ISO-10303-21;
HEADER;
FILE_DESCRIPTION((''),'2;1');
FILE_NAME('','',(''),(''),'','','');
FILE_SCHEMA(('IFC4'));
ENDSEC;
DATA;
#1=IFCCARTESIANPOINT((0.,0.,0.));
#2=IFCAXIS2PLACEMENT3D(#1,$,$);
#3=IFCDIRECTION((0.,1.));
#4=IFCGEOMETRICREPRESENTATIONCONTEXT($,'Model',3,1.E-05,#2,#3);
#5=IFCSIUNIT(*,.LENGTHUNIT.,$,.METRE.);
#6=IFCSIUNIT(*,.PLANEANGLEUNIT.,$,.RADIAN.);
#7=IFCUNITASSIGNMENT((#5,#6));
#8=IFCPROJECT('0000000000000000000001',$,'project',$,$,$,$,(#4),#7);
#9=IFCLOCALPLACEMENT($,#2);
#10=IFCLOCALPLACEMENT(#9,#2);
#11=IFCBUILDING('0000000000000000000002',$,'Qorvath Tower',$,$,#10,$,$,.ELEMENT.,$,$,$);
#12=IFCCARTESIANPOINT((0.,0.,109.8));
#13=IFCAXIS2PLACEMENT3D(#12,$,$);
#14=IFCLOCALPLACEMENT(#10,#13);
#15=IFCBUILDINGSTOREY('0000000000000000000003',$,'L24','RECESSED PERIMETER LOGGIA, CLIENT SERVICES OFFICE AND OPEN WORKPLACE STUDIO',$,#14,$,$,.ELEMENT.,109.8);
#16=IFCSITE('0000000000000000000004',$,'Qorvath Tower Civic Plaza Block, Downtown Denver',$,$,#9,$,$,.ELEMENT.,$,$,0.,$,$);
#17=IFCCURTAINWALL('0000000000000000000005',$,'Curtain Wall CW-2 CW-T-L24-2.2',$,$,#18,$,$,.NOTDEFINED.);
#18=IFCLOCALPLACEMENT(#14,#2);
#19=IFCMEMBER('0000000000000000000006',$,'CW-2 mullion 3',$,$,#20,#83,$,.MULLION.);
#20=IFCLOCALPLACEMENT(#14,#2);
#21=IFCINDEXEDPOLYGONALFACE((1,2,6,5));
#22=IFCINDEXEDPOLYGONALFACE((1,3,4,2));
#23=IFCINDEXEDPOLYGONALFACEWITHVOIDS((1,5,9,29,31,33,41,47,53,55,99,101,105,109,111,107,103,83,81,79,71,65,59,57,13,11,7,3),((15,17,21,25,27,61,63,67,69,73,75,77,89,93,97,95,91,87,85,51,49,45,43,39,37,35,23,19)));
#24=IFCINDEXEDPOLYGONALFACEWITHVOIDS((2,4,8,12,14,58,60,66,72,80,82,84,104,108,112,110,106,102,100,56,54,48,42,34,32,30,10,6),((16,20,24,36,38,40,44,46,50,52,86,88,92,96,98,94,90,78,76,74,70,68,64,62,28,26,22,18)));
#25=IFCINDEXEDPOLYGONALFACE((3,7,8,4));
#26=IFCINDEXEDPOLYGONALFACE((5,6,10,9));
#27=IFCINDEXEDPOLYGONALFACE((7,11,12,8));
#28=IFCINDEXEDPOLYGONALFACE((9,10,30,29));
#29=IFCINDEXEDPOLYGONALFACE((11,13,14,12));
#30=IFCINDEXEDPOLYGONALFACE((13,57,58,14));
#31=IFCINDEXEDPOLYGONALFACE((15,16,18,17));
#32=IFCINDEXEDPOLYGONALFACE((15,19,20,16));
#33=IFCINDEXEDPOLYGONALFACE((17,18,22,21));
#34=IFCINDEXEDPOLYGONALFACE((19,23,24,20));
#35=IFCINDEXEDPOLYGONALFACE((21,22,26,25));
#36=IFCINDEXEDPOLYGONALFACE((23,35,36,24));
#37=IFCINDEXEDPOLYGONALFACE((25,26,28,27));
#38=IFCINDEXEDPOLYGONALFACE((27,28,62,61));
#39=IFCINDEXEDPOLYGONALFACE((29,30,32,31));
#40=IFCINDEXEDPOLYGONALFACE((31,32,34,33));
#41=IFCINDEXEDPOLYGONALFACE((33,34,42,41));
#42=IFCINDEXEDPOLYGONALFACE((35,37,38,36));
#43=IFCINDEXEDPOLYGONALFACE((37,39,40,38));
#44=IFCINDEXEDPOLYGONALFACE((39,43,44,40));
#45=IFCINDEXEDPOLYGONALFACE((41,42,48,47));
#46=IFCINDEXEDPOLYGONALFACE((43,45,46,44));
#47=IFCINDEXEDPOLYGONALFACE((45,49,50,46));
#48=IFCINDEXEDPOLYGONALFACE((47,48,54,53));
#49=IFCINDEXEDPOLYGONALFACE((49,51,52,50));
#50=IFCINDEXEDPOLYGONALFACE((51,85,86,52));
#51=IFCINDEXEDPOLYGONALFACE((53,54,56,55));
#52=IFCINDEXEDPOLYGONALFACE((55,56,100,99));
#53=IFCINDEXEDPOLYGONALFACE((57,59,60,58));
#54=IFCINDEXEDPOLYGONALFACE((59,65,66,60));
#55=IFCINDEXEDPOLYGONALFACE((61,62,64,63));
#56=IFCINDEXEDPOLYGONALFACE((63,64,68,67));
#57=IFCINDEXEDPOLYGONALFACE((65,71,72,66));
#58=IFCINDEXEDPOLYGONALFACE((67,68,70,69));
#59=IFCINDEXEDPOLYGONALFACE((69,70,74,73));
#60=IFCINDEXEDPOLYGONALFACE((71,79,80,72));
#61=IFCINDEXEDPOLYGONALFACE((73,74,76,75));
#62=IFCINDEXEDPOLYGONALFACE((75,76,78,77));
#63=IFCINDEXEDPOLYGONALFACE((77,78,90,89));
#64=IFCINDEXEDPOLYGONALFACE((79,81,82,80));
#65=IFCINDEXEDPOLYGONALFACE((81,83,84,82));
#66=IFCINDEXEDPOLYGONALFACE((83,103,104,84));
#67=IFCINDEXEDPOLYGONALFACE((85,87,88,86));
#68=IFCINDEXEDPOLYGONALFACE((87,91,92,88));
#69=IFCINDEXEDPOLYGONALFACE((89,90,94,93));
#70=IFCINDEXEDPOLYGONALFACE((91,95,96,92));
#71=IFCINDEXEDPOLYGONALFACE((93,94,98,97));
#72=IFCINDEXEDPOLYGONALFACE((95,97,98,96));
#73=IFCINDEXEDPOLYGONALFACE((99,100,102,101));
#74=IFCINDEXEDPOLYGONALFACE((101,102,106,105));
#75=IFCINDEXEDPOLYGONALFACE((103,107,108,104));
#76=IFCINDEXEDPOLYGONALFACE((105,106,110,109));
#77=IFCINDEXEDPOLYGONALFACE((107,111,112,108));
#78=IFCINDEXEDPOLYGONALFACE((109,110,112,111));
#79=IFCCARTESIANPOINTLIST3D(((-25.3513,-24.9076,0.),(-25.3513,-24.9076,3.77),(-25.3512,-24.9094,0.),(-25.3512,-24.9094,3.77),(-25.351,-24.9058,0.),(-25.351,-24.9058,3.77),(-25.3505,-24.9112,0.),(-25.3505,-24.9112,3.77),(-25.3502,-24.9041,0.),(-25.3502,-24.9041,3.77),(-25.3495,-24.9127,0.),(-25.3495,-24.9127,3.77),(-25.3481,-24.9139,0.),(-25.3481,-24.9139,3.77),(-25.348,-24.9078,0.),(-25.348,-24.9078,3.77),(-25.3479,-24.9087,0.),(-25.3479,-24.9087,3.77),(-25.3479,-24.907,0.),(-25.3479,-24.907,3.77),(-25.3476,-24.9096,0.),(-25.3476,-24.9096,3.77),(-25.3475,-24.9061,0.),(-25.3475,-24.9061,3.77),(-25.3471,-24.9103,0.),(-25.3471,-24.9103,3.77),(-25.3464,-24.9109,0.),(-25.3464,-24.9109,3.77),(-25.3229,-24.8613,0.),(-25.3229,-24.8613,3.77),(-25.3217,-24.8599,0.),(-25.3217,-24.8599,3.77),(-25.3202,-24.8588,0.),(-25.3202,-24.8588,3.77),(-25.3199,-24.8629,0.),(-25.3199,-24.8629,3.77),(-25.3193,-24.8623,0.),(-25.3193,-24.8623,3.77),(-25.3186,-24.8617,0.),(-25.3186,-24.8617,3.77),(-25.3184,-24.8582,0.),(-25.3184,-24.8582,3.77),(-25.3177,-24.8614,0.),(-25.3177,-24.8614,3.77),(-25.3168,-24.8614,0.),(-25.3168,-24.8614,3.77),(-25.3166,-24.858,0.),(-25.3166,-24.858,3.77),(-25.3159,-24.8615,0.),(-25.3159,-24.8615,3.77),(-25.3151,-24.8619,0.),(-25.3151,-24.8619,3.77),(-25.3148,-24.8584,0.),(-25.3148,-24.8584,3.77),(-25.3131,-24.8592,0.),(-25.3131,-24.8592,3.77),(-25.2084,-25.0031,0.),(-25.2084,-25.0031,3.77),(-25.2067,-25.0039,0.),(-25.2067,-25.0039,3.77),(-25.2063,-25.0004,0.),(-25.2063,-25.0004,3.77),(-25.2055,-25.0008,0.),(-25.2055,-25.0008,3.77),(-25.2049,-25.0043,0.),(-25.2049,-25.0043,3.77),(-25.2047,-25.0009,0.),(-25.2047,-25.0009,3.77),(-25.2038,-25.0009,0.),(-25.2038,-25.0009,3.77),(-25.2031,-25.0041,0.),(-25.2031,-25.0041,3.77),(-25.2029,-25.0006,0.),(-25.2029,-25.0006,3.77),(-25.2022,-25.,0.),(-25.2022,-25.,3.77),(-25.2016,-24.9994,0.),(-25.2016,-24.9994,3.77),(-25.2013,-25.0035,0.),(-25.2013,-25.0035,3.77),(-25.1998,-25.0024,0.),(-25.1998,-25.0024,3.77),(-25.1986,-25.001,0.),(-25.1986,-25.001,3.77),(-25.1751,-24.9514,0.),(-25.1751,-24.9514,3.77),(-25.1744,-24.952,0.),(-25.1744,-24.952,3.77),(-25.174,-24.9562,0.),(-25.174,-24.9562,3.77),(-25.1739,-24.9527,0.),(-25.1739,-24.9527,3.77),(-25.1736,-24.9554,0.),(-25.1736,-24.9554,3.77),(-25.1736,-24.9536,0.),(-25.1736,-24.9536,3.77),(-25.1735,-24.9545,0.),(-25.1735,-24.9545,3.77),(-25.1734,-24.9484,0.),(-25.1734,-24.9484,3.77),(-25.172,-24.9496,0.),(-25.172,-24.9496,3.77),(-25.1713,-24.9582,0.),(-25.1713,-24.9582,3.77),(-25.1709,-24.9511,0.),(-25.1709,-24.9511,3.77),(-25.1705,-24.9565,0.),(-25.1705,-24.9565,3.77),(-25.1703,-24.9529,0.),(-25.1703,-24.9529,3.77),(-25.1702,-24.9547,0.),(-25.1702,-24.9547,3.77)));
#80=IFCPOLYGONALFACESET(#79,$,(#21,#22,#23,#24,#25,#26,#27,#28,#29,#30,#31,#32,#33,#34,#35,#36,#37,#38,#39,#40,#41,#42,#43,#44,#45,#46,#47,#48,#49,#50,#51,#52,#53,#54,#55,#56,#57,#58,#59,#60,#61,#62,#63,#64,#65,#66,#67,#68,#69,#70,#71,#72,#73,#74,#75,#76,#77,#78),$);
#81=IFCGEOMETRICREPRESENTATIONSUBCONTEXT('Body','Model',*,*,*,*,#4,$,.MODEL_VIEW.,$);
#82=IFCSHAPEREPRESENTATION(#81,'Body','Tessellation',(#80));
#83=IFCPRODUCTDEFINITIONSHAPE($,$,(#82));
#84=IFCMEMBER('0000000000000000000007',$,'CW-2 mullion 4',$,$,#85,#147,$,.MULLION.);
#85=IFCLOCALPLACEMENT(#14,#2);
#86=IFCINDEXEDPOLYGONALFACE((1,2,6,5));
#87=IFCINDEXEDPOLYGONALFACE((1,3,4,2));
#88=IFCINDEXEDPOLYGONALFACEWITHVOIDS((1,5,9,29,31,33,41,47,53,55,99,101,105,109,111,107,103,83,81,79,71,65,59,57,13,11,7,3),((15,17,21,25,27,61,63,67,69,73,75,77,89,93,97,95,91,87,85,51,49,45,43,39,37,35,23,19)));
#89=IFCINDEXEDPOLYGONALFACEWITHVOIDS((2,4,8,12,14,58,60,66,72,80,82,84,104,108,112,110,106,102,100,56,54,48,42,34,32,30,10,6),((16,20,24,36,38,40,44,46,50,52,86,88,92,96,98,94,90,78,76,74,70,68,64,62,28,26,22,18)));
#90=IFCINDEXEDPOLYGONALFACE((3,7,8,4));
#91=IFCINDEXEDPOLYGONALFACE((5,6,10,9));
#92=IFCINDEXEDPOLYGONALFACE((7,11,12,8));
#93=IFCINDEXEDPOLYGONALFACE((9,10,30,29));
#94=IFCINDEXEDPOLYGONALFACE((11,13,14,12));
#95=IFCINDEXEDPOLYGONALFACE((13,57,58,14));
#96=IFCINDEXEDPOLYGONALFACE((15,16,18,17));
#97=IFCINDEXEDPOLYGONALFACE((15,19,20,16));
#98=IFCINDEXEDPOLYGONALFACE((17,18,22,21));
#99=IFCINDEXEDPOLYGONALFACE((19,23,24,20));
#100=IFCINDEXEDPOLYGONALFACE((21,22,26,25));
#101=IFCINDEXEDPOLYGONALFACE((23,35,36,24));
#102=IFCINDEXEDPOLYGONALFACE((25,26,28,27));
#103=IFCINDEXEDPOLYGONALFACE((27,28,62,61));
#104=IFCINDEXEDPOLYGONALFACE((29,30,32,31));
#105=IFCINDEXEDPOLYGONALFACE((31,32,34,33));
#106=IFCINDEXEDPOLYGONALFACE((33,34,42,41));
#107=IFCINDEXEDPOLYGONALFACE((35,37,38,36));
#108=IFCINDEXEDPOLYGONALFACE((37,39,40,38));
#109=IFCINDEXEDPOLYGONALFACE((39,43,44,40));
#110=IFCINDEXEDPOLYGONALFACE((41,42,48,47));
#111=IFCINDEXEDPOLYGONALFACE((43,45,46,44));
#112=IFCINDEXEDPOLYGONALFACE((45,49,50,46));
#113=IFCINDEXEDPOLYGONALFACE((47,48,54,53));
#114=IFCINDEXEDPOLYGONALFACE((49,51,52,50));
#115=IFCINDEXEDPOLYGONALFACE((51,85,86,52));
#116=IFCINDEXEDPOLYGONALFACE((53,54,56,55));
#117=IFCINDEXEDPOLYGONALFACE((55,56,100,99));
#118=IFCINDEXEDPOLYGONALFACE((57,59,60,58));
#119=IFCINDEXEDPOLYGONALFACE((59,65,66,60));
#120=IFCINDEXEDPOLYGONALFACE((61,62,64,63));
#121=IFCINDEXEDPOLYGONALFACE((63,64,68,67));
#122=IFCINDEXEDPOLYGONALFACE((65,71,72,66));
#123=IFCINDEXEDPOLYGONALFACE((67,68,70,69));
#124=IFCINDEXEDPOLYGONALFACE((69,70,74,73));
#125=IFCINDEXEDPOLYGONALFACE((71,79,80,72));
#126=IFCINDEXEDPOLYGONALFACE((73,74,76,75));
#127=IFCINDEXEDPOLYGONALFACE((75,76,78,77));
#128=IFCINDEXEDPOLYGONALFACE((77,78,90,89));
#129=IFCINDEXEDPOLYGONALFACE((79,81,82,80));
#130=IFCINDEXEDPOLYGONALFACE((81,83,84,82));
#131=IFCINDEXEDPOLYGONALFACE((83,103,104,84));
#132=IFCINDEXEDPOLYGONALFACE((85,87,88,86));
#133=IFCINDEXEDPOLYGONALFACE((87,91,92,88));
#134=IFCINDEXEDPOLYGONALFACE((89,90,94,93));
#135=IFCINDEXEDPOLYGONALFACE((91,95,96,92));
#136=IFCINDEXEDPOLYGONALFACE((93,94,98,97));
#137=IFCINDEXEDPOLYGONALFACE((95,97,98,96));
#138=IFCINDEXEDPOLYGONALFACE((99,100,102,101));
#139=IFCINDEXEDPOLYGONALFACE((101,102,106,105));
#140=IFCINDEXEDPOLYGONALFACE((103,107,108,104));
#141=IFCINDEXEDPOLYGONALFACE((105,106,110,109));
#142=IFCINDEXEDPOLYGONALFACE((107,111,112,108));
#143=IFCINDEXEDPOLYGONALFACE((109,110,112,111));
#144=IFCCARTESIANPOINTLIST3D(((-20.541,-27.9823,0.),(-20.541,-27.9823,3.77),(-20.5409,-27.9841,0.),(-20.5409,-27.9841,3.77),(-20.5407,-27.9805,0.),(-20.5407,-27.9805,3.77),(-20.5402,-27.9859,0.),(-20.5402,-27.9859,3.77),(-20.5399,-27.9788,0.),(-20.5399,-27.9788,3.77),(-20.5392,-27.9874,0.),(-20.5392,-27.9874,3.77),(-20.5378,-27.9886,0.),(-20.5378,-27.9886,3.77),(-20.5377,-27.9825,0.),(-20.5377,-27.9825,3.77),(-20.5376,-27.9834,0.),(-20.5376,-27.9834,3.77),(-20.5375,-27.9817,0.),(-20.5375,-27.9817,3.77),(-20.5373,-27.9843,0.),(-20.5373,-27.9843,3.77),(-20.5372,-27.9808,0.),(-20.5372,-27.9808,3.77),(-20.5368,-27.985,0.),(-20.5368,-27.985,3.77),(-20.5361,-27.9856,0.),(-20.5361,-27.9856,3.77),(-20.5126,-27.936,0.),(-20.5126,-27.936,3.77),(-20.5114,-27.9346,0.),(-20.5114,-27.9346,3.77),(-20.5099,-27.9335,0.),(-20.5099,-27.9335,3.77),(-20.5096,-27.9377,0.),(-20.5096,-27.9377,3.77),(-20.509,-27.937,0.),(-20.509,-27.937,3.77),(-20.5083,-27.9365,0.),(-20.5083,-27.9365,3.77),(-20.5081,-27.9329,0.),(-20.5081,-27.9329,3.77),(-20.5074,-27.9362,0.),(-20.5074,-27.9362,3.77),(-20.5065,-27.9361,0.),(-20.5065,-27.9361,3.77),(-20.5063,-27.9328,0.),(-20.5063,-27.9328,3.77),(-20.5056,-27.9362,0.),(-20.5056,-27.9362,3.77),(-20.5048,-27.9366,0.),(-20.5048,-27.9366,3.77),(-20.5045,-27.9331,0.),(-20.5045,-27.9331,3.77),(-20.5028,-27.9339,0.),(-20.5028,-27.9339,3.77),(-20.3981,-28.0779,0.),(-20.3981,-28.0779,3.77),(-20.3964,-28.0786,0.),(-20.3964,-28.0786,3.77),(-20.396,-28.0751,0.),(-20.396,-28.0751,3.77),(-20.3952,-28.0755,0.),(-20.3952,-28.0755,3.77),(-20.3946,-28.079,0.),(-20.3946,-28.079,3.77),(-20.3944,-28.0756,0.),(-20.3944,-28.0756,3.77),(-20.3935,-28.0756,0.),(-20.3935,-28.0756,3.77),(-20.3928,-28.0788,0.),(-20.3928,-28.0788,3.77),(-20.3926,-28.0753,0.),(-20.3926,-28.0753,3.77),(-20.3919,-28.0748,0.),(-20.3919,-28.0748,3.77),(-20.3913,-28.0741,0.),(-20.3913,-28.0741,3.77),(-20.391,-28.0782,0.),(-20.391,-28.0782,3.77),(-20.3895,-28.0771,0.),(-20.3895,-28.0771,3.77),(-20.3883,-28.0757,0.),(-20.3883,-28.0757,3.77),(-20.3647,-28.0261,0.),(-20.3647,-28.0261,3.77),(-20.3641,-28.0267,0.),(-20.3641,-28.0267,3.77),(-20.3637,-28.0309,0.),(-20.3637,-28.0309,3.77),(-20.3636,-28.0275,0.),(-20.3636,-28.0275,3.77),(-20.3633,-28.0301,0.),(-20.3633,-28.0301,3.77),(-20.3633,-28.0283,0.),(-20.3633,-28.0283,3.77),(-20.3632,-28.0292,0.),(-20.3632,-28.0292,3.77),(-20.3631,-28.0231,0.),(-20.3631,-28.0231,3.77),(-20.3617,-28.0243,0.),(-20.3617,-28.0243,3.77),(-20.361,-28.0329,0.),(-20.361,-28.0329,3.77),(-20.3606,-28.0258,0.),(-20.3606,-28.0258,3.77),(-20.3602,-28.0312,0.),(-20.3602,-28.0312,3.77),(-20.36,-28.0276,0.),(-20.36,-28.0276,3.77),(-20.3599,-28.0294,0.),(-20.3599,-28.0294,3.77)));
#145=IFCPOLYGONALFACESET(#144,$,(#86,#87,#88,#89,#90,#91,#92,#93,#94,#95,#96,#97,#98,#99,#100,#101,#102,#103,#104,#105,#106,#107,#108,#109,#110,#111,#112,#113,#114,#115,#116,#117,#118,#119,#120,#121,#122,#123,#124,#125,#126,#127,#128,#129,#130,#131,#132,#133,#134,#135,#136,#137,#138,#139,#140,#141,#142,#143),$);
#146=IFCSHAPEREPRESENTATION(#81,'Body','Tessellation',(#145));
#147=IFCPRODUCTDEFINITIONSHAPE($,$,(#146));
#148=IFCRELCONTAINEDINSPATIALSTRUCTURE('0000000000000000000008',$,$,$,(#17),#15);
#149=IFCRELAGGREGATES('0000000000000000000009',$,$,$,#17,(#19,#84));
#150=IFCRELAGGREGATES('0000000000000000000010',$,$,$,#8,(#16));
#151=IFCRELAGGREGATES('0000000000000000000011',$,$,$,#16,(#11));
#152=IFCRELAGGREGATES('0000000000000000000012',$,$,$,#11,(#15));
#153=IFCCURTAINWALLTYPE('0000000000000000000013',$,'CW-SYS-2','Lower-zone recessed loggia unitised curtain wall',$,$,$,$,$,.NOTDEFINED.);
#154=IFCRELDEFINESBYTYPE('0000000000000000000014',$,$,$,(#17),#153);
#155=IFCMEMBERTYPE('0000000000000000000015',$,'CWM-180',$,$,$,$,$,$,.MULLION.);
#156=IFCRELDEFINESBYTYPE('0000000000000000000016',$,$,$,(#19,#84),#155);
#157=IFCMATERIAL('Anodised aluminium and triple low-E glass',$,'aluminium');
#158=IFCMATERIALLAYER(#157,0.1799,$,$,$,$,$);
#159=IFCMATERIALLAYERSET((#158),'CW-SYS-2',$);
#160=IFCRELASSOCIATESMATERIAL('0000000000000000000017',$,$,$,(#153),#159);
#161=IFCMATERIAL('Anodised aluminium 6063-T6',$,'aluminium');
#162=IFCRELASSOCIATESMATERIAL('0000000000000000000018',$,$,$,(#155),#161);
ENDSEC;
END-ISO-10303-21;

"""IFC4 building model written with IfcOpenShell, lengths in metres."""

from ifc_helpers import new_model, si_unit, direction, frame, origin, origin_2d, place, context, subcontext, project, spatial, hollow_rectangle, extrude, material, layer, layer_set, material_profile, profile_set, type_object, element, aggregate, save


model = new_model("IFC4")

# Units and contexts
model_context = context("Model", 3, precision=1e-05, world=origin(), true_north=direction((0.0, 1.0)))
body_context = subcontext(model_context, "Body", "Model", "MODEL_VIEW")
ifc_project = project(units=[si_unit("LENGTHUNIT", "METRE"), si_unit("PLANEANGLEUNIT", "RADIAN")], contexts=[model_context])

# Site, building, storey
site_placement = place(None, origin())
site = spatial("IfcSite", under=ifc_project, at=site_placement, Name="Qorvath Tower Civic Plaza Block, Downtown Denver", CompositionType="ELEMENT", RefElevation=0.0)
building_placement = place(site_placement, origin())
building = spatial("IfcBuilding", under=site, at=building_placement, Name="Qorvath Tower", CompositionType="ELEMENT")
storey_placement = place(building_placement, frame((0.0, 0.0, 109.8)))
storey = spatial("IfcBuildingStorey", under=building, at=storey_placement, Name="L24", Description="RECESSED PERIMETER LOGGIA, CLIENT SERVICES OFFICE AND OPEN WORKPLACE STUDIO", CompositionType="ELEMENT", Elevation=109.8)

# Curtain wall, members
ifc_material_1 = material(Name="Anodised aluminium and triple low-E glass", Category="aluminium")
ifc_layer_1 = layer(ifc_material_1, 0.1799)
ifc_layer_set_1 = layer_set([ifc_layer_1], Name="CW-SYS-2")
curtain_wall_type = type_object("IfcCurtainWallType", Name="CW-SYS-2", Description="Lower-zone recessed loggia unitised curtain wall", PredefinedType="NOTDEFINED", material=ifc_layer_set_1)
curtain_wall_placement = place(storey_placement, origin())
curtain_wall = element("IfcCurtainWall", 1, at=curtain_wall_placement, inside=storey, type_object=curtain_wall_type, Name="Curtain Wall CW-2 CW-T-L24-2.2", PredefinedType="NOTDEFINED")
ifc_material_2 = material(Name="Anodised aluminium 6063-T6", Category="aluminium")
ifc_material_profile_1 = material_profile(ifc_material_2, hollow_rectangle(XDim=0.0649, YDim=0.1799, WallThickness=0.0034, InnerFilletRadius=0.0034, OuterFilletRadius=0.0071, at=origin_2d()), Name="CWM 180x65")
ifc_profile_set_1 = profile_set([ifc_material_profile_1], Name="Anodised aluminium 6063-T6")
member_type_1 = type_object("IfcMemberType", Name="CWM-180", PredefinedType="MULLION", material=ifc_profile_set_1)
member_1_placement = place(storey_placement, frame((-25.2607, -24.9312, 0.0), z_axis=(0.0, 0.0, 1.0), x_axis=(0.538538, 0.842601, 0.0)))
member_1 = element("IfcMember", 2, at=member_1_placement, type_object=member_type_1, Name="CW-2 mullion 3", PredefinedType="MULLION", context=body_context, shape_type="SweptSolid", body=[
    extrude(hollow_rectangle(XDim=0.0649, YDim=0.1799, WallThickness=0.0034, InnerFilletRadius=0.0034, OuterFilletRadius=0.0071, at=origin_2d()), origin(), (0.0, 0.0, 1.0), 3.77),
])
member_2_placement = place(storey_placement, frame((-20.4504, -28.0059, 0.0), z_axis=(0.0, 0.0, 1.0), x_axis=(0.538538, 0.842601, 0.0)))
member_2 = element("IfcMember", 3, at=member_2_placement, type_object=member_type_1, Name="CW-2 mullion 4", PredefinedType="MULLION", context=body_context, shape_type="SweptSolid", body=[
    extrude(hollow_rectangle(XDim=0.0649, YDim=0.1799, WallThickness=0.0034, InnerFilletRadius=0.0034, OuterFilletRadius=0.0071, at=origin_2d()), origin(), (0.0, 0.0, 1.0), 3.77),
])
aggregate(curtain_wall, [member_1, member_2])

save(model, "model.ifc")
